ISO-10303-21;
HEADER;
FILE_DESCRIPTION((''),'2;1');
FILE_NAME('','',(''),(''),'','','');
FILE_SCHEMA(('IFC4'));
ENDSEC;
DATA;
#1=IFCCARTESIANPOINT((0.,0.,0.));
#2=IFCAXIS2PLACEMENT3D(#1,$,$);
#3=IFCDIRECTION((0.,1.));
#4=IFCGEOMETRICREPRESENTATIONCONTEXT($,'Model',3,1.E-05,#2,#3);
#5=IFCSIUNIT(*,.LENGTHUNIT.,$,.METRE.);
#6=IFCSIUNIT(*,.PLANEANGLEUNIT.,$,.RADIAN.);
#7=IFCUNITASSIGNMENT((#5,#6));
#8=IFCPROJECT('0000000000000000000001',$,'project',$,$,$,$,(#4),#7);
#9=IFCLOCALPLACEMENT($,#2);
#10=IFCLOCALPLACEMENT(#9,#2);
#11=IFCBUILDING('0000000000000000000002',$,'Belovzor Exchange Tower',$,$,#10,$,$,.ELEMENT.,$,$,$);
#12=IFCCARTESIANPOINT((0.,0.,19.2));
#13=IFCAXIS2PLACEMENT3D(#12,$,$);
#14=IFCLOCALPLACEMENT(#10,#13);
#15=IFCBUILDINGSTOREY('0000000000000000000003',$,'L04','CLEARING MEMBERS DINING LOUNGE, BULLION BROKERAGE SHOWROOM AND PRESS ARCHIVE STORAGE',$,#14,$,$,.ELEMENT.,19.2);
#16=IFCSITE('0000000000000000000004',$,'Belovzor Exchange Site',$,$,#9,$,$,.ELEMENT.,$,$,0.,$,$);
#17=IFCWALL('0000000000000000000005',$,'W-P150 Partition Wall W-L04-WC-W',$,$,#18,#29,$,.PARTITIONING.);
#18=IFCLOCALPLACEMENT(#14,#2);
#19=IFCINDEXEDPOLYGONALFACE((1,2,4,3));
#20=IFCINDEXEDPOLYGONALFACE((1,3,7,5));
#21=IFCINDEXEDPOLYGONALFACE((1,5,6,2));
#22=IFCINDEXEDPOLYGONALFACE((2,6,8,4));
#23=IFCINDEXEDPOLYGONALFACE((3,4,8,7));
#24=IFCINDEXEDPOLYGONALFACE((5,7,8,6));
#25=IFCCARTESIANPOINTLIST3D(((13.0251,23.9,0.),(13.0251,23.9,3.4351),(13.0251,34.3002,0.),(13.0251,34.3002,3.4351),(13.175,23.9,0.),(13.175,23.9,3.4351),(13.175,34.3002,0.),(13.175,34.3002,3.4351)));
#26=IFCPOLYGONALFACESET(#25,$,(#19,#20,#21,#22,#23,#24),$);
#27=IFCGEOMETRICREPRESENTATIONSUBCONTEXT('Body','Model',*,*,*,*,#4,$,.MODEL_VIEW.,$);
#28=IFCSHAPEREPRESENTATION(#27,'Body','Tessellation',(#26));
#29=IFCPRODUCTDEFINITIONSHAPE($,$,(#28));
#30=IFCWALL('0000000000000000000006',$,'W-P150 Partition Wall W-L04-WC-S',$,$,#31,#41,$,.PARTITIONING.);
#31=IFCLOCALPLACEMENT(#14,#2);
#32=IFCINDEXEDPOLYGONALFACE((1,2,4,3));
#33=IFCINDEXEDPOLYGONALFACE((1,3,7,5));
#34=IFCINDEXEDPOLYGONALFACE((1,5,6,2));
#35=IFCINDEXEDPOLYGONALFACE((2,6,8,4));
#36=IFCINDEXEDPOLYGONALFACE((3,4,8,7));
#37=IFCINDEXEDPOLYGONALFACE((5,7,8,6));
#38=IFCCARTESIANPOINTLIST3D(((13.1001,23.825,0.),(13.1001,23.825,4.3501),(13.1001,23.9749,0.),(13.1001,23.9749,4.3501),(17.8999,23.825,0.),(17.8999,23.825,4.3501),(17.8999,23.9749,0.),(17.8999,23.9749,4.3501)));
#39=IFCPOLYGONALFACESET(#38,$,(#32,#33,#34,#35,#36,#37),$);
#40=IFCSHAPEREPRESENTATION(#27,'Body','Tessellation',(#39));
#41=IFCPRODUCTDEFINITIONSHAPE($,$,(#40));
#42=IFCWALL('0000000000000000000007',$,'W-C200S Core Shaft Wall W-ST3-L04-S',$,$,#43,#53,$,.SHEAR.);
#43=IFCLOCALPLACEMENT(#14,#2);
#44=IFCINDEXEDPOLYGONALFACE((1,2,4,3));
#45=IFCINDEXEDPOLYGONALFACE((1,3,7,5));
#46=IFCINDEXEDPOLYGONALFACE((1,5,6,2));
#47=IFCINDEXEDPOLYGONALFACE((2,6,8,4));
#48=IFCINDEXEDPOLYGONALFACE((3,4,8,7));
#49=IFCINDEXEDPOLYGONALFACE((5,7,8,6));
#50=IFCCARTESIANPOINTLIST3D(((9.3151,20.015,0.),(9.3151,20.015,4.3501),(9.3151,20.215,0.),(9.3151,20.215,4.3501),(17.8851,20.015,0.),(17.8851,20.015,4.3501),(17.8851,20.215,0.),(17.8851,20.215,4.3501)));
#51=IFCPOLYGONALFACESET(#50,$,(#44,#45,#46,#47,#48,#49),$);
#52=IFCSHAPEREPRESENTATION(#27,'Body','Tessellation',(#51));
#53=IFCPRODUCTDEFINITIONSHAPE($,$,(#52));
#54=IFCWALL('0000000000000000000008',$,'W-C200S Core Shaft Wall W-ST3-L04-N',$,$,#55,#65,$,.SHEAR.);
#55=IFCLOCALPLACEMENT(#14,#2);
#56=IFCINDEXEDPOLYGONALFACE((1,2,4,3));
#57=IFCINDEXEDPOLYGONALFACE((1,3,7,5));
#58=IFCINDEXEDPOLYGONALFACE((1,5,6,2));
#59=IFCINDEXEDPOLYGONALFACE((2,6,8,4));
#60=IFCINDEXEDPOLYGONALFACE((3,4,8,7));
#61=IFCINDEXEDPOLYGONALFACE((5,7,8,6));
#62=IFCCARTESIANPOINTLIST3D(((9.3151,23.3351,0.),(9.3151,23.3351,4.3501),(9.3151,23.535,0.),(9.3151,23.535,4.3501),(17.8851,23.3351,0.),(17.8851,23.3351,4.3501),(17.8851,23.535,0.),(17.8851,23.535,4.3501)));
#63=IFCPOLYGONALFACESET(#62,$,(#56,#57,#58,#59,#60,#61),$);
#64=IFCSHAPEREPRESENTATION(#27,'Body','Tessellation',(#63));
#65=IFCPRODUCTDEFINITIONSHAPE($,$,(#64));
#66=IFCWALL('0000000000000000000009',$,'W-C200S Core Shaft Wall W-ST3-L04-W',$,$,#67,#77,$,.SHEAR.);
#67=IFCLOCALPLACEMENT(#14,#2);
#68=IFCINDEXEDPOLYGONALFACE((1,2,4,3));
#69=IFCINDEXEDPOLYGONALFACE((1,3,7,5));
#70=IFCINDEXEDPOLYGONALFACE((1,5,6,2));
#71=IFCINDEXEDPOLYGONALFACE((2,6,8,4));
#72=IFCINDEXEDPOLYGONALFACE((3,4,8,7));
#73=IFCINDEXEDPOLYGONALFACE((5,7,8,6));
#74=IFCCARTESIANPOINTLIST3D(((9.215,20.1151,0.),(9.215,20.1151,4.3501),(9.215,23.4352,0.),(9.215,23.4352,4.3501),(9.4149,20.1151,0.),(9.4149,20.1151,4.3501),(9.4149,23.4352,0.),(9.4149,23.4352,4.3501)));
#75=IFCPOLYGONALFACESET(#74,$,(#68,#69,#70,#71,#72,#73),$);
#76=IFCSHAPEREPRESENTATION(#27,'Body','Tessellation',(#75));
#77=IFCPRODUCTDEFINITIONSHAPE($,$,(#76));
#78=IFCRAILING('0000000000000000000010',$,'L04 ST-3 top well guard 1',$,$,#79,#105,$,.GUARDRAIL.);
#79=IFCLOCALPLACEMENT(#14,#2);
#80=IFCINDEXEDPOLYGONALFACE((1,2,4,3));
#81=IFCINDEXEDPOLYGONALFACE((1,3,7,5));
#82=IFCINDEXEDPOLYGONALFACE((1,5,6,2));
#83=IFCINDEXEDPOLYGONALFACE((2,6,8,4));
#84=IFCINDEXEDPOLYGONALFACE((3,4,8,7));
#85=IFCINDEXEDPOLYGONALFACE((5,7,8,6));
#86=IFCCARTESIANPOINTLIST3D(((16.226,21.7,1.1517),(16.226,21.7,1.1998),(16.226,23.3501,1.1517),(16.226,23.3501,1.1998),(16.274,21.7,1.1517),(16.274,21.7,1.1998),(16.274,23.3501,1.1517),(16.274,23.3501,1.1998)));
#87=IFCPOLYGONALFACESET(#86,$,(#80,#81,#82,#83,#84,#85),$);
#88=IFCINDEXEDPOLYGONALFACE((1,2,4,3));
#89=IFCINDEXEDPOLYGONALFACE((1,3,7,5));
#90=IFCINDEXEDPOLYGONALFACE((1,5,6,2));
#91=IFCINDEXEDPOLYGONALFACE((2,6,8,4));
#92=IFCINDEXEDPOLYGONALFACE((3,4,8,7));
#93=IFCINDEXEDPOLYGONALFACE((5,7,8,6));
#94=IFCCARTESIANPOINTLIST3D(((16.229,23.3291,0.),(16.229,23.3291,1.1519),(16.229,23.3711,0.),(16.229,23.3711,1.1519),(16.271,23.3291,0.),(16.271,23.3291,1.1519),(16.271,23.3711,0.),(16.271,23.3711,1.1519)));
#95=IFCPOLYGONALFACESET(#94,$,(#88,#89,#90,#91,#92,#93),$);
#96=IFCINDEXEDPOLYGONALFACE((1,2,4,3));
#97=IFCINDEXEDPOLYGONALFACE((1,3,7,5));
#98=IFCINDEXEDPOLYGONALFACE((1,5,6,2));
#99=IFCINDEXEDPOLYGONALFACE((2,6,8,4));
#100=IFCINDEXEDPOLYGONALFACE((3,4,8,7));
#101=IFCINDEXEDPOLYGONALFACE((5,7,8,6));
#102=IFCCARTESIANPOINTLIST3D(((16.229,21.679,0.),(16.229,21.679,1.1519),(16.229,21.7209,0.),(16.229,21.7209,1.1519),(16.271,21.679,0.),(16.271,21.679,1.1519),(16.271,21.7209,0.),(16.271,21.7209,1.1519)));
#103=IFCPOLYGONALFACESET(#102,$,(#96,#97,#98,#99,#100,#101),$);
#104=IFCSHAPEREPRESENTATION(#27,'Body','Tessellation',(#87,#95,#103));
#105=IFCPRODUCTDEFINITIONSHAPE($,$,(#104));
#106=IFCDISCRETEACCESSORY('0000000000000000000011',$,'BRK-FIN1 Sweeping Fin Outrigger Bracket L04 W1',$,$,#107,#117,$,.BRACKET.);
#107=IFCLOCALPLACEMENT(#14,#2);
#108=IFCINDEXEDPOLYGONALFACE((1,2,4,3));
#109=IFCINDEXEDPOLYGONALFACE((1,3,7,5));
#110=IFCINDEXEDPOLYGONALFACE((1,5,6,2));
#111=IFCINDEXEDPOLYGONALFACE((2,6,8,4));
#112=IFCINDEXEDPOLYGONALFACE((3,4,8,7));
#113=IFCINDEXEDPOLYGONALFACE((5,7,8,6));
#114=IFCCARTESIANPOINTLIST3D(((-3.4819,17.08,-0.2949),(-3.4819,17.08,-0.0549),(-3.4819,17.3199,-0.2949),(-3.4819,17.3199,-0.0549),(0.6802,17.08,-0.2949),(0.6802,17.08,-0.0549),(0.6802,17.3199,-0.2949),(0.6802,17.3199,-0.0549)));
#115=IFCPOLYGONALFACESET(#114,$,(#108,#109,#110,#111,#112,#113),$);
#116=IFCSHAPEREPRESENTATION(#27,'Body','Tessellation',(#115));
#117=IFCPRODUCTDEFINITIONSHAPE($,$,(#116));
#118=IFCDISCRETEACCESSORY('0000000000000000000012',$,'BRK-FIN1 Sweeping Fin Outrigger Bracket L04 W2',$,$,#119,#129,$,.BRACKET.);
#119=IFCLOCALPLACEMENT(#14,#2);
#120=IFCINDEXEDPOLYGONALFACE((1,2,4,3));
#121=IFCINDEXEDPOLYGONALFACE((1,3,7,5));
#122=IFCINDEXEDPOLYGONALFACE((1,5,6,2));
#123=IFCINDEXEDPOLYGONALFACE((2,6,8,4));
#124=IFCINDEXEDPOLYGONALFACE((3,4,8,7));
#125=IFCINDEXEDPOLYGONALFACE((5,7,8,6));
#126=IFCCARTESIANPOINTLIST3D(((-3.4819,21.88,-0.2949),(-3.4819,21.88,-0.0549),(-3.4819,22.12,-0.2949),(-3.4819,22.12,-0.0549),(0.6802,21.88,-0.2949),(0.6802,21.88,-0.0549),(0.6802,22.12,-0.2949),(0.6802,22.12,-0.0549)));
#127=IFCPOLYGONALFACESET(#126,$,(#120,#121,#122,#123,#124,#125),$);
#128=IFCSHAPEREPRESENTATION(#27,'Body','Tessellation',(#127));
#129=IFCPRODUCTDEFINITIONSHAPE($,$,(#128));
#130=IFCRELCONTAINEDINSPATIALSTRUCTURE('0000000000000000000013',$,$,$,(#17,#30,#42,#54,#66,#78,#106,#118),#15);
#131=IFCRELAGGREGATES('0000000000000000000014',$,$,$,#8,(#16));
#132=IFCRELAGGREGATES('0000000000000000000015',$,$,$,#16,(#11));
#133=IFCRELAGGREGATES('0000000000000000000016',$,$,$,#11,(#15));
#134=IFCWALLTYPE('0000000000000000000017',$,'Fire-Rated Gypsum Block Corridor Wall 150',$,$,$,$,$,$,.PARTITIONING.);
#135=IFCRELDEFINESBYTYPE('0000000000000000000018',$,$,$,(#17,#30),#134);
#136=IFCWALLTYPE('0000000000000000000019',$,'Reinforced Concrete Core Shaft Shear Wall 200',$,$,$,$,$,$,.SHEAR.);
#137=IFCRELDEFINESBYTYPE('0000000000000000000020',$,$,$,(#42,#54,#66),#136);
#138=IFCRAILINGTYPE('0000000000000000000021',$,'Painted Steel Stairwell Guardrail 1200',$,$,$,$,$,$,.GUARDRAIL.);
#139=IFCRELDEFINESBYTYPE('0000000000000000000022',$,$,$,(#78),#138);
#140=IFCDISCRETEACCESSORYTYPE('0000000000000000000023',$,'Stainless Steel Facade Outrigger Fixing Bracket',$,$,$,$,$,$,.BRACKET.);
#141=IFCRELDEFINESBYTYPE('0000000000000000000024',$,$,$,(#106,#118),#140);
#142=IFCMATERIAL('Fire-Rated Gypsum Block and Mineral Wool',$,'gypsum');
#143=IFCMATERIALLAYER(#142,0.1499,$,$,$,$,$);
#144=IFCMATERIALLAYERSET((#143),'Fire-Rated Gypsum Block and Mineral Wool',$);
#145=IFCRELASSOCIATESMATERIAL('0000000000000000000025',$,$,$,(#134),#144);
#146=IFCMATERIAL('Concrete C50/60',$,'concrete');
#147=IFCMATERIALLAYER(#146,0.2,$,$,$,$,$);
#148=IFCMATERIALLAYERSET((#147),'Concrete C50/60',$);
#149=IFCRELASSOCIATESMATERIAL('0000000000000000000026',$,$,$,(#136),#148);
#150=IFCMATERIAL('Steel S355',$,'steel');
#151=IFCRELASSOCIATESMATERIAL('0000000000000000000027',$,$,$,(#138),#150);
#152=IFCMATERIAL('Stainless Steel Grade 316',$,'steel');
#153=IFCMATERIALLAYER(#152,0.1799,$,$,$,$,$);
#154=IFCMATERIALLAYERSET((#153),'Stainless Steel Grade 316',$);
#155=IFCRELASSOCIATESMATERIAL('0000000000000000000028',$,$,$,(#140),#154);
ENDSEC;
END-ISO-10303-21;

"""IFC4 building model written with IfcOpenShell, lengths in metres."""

from ifc_helpers import new_model, si_unit, direction, frame, frame_2d, origin, origin_2d, place, context, subcontext, project, spatial, rectangle, extrude, material, layer, layer_set, type_object, element, save


model = new_model("IFC4")

# Units and contexts
model_context = context("Model", 3, precision=1e-05, world=origin(), true_north=direction((0.0, 1.0)))
body_context = subcontext(model_context, "Body", "Model", "MODEL_VIEW")
ifc_project = project(units=[si_unit("LENGTHUNIT", "METRE"), si_unit("PLANEANGLEUNIT", "RADIAN")], contexts=[model_context])

# Site, building, storey
site_placement = place(None, origin())
site = spatial("IfcSite", under=ifc_project, at=site_placement, Name="Belovzor Exchange Site", CompositionType="ELEMENT", RefElevation=0.0)
building_placement = place(site_placement, origin())
building = spatial("IfcBuilding", under=site, at=building_placement, Name="Belovzor Exchange Tower", CompositionType="ELEMENT")
storey_placement = place(building_placement, frame((0.0, 0.0, 19.2)))
storey = spatial("IfcBuildingStorey", under=building, at=storey_placement, Name="L04", Description="CLEARING MEMBERS DINING LOUNGE, BULLION BROKERAGE SHOWROOM AND PRESS ARCHIVE STORAGE", CompositionType="ELEMENT", Elevation=19.2)

# Walls
ifc_material_1 = material(Name="Fire-Rated Gypsum Block and Mineral Wool", Category="gypsum")
ifc_layer_1 = layer(ifc_material_1, 0.1499)
ifc_layer_set_1 = layer_set([ifc_layer_1], Name="Fire-Rated Gypsum Block and Mineral Wool")
wall_type_1 = type_object("IfcWallType", Name="Fire-Rated Gypsum Block Corridor Wall 150", PredefinedType="PARTITIONING", material=ifc_layer_set_1)
wall_1_placement = place(storey_placement, frame((13.1001, 23.8999, 0.0), z_axis=(0.0, 0.0, 1.0), x_axis=(0.0, 1.0, 0.0)))
element("IfcWall", 1, at=wall_1_placement, inside=storey, type_object=wall_type_1, Name="W-P150 Partition Wall W-L04-WC-W", PredefinedType="PARTITIONING", context=body_context, shape_type="SweptSolid", body=[
    extrude(rectangle(XDim=10.4001, YDim=0.1499, at=frame_2d((5.2002, 0.0))), origin(), (0.0, 0.0, 1.0), 3.4351),
])
wall_2_placement = place(storey_placement, frame((13.1001, 23.8999, 0.0), z_axis=(0.0, 0.0, 1.0), x_axis=(1.0, 0.0, 0.0)))
element("IfcWall", 2, at=wall_2_placement, inside=storey, type_object=wall_type_1, Name="W-P150 Partition Wall W-L04-WC-S", PredefinedType="PARTITIONING", context=body_context, shape_type="SweptSolid", body=[
    extrude(rectangle(XDim=4.7998, YDim=0.1499, at=frame_2d((2.3999, 0.0))), origin(), (0.0, 0.0, 1.0), 4.3501),
])
ifc_material_2 = material(Name="Concrete C50/60", Category="concrete")
ifc_layer_2 = layer(ifc_material_2, 0.2)
ifc_layer_set_2 = layer_set([ifc_layer_2], Name="Concrete C50/60")
wall_type_2 = type_object("IfcWallType", Name="Reinforced Concrete Core Shaft Shear Wall 200", PredefinedType="SHEAR", material=ifc_layer_set_2)
for number, where, z_axis, x_axis, name in (
    (3, (9.3149, 20.115, 0.0), (0.0, 0.0, 1.0), (1.0, 0.0, 0.0), "W-C200S Core Shaft Wall W-ST3-L04-S"),
    (4, (9.3149, 23.4351, 0.0), (0.0, 0.0, 1.0), (1.0, 0.0, 0.0), "W-C200S Core Shaft Wall W-ST3-L04-N"),
):
    element("IfcWall", number, at=place(storey_placement, frame(where, z_axis=z_axis, x_axis=x_axis)), inside=storey, type_object=wall_type_2, Name=name, PredefinedType="SHEAR", context=body_context, shape_type="SweptSolid", body=[
        extrude(rectangle(XDim=8.5701, YDim=0.2, at=frame_2d((4.2852, 0.0))), origin(), (0.0, 0.0, 1.0), 4.3501),
    ])
wall_3_placement = place(storey_placement, frame((9.3149, 20.115, 0.0), z_axis=(0.0, 0.0, 1.0), x_axis=(0.0, 1.0, 0.0)))
element("IfcWall", 5, at=wall_3_placement, inside=storey, type_object=wall_type_2, Name="W-C200S Core Shaft Wall W-ST3-L04-W", PredefinedType="SHEAR", context=body_context, shape_type="SweptSolid", body=[
    extrude(rectangle(XDim=3.3201, YDim=0.2, at=frame_2d((1.6602, 0.0))), origin(), (0.0, 0.0, 1.0), 4.3501),
])

# Railing
ifc_material_3 = material(Name="Steel S355", Category="steel")
railing_type = type_object("IfcRailingType", Name="Painted Steel Stairwell Guardrail 1200", PredefinedType="GUARDRAIL", material=ifc_material_3)
railing_placement = place(storey_placement, frame((16.25, 23.3501, 0.0)))
element("IfcRailing", 6, at=railing_placement, inside=storey, type_object=railing_type, Name="L04 ST-3 top well guard 1", PredefinedType="GUARDRAIL", context=body_context, shape_type="SweptSolid", body=[
    extrude(rectangle(XDim=0.0481, YDim=0.0481, at=origin_2d()), frame((0.0, 0.0, 1.1758), z_axis=(0.0, -1.0, 0.0), x_axis=(1.0, 0.0, 0.0)), (0.0, 0.0, 1.0), 1.6501),
    extrude(rectangle(XDim=0.042, YDim=0.042, at=origin_2d()), origin(), (0.0, 0.0, 1.0), 1.1519),
    extrude(rectangle(XDim=0.042, YDim=0.042, at=origin_2d()), frame((0.0, -1.6501, 0.0)), (0.0, 0.0, 1.0), 1.1519),
])

# Discrete accessories
ifc_material_4 = material(Name="Stainless Steel Grade 316", Category="steel")
ifc_layer_3 = layer(ifc_material_4, 0.1799)
ifc_layer_set_3 = layer_set([ifc_layer_3], Name="Stainless Steel Grade 316")
discrete_accessory_type = type_object("IfcDiscreteAccessoryType", Name="Stainless Steel Facade Outrigger Fixing Bracket", PredefinedType="BRACKET", material=ifc_layer_set_3)
for number, where, z_axis, x_axis, name in (
    (7, (-1.4009, 17.2, -0.2949), (0.0, 0.0, 1.0), (1.0, 0.0, 0.0), "BRK-FIN1 Sweeping Fin Outrigger Bracket L04 W1"),
    (8, (-1.4009, 22.0, -0.2949), (0.0, 0.0, 1.0), (1.0, 0.0, 0.0), "BRK-FIN1 Sweeping Fin Outrigger Bracket L04 W2"),
):
    element("IfcDiscreteAccessory", number, at=place(storey_placement, frame(where, z_axis=z_axis, x_axis=x_axis)), inside=storey, type_object=discrete_accessory_type, Name=name, PredefinedType="BRACKET", context=body_context, shape_type="SweptSolid", body=[
        extrude(rectangle(XDim=4.1621, YDim=0.24, at=origin_2d()), origin(), (0.0, 0.0, 1.0), 0.24),
    ])

save(model, "model.ifc")
